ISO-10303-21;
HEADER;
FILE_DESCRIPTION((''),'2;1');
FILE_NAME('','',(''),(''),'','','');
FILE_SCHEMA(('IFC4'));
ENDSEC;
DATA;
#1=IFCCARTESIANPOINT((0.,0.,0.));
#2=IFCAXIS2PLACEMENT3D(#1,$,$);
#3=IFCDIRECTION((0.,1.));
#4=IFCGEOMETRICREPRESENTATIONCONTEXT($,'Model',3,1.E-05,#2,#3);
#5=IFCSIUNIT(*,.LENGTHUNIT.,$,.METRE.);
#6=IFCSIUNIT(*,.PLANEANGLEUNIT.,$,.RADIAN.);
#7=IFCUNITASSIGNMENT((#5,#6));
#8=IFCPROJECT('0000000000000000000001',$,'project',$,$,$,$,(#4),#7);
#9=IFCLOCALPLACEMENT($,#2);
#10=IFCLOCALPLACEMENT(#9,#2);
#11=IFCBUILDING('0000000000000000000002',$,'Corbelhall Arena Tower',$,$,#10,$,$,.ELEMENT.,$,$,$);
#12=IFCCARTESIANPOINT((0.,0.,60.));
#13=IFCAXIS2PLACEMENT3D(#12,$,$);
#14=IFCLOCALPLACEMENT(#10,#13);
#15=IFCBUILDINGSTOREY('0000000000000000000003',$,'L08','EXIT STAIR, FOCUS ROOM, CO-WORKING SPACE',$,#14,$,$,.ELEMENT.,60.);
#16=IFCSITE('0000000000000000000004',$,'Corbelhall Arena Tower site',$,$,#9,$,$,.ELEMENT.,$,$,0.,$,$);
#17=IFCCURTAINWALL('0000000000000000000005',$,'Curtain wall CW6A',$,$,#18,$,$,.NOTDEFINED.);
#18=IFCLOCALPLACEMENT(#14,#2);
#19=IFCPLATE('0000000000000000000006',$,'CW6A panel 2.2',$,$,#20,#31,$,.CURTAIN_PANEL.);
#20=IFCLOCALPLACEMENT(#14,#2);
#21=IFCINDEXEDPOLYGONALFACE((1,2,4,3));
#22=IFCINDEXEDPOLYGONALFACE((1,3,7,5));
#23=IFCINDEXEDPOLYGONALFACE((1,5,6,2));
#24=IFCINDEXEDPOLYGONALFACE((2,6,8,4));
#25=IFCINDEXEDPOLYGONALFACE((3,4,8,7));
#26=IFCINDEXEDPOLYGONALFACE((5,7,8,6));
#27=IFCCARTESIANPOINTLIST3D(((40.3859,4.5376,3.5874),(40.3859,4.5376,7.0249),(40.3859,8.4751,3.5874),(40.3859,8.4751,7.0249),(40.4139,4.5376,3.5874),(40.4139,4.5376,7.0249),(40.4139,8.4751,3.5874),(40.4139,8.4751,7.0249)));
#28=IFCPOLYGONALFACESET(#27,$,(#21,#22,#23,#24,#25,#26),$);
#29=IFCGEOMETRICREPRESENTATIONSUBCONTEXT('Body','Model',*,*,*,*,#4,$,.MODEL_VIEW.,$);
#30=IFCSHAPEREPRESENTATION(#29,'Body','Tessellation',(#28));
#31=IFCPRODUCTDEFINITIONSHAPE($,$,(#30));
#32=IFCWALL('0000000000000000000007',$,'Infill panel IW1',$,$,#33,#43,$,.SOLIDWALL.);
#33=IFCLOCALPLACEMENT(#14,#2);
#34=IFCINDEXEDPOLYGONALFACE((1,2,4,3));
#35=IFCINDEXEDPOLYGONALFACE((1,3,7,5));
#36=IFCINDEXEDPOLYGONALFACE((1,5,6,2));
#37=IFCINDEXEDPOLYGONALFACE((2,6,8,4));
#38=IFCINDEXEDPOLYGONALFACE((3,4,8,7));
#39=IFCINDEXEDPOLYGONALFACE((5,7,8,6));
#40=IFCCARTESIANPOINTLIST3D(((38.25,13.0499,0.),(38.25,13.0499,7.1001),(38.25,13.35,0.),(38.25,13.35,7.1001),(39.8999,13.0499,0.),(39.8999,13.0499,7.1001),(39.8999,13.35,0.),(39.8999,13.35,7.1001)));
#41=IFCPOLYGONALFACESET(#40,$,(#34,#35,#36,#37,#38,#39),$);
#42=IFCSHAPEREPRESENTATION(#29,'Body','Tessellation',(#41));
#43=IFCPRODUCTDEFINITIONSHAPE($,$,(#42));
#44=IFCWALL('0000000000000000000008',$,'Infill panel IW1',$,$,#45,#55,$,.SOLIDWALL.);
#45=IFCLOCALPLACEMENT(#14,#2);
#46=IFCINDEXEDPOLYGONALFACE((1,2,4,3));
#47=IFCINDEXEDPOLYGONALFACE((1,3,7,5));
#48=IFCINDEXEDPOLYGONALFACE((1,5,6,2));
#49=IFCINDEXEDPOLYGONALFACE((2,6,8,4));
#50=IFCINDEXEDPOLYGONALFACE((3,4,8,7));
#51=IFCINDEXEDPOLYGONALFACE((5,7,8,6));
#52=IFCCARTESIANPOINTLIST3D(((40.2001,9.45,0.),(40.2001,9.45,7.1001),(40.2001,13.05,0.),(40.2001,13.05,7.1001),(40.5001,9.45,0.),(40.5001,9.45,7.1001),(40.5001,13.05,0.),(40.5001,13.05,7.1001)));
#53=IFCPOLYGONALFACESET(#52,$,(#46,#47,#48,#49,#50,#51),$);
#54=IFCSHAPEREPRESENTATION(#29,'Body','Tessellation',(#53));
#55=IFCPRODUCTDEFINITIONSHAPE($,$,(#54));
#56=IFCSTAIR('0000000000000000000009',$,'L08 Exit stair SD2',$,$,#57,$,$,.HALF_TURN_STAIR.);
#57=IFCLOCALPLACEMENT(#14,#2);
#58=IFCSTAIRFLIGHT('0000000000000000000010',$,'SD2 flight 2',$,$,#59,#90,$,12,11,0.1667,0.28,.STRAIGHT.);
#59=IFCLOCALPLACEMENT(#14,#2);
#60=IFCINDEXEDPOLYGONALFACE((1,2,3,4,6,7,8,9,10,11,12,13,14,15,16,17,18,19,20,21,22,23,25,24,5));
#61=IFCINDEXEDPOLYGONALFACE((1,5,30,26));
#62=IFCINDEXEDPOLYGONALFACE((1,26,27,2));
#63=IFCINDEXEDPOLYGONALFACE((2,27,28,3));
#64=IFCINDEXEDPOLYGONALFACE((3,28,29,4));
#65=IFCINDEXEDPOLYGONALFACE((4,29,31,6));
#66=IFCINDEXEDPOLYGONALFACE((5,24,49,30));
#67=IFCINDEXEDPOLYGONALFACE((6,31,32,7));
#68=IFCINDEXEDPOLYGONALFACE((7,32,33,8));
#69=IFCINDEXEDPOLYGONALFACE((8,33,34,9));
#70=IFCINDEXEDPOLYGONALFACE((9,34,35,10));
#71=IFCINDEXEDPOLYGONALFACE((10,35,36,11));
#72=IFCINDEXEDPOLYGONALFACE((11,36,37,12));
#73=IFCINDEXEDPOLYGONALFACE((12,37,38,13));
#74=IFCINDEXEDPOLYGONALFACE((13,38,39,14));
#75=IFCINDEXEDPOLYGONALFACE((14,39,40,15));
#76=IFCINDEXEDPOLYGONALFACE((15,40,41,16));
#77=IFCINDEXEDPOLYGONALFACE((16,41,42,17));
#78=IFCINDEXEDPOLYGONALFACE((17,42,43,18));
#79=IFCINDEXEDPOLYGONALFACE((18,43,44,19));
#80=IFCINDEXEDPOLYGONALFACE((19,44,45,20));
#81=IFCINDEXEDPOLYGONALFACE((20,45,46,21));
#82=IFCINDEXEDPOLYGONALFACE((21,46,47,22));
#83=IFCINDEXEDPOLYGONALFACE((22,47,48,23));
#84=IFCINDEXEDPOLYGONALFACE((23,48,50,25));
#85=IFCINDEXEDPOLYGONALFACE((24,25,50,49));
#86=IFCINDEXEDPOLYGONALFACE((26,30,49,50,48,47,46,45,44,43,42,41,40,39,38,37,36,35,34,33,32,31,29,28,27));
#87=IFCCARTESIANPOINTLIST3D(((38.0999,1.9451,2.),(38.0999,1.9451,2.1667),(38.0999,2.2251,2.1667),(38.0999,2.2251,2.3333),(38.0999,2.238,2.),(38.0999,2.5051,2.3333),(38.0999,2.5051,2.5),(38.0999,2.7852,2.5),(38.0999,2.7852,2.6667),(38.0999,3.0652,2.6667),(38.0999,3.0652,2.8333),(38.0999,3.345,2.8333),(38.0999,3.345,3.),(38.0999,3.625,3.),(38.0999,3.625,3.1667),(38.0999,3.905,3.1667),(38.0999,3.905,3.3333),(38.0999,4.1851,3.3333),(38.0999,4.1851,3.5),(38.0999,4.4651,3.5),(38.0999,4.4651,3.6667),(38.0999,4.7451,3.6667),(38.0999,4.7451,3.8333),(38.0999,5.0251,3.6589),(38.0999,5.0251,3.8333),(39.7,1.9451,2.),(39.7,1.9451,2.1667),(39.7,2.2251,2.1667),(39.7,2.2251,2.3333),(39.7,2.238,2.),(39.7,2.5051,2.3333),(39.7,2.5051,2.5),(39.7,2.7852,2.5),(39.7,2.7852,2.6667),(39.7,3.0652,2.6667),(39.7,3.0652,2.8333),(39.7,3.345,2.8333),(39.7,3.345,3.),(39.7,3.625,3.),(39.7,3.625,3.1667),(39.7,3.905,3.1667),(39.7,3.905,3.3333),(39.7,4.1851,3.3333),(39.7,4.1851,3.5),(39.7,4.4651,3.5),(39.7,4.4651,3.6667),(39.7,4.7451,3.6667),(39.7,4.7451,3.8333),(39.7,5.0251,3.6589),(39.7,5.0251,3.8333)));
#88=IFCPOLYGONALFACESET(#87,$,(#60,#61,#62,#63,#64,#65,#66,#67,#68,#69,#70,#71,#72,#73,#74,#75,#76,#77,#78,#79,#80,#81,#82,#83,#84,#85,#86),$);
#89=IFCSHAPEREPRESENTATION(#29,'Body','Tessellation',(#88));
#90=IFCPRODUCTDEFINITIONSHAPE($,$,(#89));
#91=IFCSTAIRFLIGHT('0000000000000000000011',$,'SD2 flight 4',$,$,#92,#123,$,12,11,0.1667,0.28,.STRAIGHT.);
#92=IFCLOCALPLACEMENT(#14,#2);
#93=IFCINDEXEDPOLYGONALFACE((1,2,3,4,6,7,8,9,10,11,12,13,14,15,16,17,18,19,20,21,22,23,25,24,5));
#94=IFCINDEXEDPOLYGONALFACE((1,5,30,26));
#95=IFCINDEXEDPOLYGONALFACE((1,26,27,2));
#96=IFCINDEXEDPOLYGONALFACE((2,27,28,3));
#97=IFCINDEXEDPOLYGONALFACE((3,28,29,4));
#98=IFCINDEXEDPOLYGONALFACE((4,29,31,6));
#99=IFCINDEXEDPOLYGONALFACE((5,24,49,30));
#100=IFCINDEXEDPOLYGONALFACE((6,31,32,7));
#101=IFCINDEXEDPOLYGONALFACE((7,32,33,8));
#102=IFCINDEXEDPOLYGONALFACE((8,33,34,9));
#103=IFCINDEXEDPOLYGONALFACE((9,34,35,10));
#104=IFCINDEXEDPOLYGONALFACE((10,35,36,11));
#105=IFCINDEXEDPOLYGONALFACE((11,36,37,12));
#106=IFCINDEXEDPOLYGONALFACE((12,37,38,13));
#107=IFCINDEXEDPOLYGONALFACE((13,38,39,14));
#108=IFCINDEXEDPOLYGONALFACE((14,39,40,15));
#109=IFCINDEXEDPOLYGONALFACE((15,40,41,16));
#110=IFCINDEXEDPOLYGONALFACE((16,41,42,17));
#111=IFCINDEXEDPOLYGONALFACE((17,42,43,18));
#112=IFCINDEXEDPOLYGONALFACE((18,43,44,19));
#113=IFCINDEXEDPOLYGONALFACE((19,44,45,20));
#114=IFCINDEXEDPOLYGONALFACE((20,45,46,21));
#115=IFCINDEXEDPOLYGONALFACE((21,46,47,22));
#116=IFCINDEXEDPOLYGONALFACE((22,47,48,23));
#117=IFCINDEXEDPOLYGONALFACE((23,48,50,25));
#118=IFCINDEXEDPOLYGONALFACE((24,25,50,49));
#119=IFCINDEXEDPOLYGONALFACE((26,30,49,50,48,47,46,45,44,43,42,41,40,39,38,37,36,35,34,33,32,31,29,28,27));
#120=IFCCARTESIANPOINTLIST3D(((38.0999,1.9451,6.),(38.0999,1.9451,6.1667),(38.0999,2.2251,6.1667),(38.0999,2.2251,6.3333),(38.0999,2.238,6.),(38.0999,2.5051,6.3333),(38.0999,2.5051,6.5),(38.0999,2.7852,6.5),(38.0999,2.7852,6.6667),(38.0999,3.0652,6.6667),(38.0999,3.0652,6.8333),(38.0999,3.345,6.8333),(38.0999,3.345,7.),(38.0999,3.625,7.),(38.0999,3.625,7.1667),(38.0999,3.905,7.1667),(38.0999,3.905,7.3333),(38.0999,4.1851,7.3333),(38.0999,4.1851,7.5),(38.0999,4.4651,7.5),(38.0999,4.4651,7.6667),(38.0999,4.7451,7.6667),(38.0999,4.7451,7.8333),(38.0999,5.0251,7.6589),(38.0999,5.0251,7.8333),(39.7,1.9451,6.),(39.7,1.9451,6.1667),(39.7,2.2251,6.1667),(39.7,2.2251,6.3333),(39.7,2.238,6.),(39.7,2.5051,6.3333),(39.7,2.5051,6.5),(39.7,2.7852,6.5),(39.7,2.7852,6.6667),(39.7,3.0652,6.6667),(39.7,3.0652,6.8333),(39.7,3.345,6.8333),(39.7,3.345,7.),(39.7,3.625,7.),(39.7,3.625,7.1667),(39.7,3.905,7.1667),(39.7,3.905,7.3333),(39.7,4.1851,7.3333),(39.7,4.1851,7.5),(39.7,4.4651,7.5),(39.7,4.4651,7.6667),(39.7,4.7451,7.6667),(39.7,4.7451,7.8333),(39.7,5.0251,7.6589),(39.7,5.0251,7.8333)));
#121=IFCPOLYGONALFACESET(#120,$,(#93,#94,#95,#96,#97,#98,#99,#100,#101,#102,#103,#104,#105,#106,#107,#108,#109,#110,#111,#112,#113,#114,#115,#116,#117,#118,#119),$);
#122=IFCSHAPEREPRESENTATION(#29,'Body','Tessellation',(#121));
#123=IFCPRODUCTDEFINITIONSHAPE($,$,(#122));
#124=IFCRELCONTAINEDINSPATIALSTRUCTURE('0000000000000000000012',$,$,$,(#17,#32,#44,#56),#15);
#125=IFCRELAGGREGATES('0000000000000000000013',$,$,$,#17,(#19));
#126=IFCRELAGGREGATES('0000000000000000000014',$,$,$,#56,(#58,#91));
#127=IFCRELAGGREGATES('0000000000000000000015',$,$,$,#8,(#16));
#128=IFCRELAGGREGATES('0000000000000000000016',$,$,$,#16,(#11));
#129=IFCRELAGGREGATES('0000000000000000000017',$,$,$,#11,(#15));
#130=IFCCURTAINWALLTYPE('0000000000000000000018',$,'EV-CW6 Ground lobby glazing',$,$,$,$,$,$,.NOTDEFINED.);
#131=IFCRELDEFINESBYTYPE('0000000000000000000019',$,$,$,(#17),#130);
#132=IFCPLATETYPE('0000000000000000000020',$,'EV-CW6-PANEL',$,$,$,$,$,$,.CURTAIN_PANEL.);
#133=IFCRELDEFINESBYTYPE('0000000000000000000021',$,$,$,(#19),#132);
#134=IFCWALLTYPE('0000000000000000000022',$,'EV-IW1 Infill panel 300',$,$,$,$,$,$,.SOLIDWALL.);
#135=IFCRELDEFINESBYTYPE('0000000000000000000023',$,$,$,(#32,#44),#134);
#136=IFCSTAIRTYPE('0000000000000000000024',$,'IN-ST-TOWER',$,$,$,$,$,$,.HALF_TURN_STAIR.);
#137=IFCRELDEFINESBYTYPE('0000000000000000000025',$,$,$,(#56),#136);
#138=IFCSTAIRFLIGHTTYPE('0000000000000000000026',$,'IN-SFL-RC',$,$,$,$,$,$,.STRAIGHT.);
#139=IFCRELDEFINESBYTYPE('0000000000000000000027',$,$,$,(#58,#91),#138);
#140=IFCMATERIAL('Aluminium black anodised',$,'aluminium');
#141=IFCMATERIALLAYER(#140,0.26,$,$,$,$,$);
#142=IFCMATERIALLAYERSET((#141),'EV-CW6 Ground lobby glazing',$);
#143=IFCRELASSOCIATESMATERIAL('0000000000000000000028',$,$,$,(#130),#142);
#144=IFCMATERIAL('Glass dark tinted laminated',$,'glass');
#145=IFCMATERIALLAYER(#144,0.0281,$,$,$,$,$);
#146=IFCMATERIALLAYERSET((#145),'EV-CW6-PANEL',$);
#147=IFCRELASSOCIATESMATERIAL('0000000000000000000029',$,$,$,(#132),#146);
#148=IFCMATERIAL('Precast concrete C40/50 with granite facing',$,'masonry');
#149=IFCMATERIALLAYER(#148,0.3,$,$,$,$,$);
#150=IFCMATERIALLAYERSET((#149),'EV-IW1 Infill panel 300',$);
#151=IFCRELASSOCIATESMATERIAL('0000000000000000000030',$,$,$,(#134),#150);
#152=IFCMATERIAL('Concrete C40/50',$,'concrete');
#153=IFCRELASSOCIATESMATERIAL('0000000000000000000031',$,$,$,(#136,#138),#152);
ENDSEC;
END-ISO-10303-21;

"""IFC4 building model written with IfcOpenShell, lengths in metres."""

from ifc_helpers import new_model, si_unit, direction, frame, frame_2d, origin, origin_2d, place, context, subcontext, project, spatial, polyline, rectangle, outline, extrude, material, layer, layer_set, type_object, element, aggregate, save


model = new_model("IFC4")

# Units and contexts
model_context = context("Model", 3, precision=1e-05, world=origin(), true_north=direction((0.0, 1.0)))
body_context = subcontext(model_context, "Body", "Model", "MODEL_VIEW")
ifc_project = project(units=[si_unit("LENGTHUNIT", "METRE"), si_unit("PLANEANGLEUNIT", "RADIAN")], contexts=[model_context])

# Site, building, storey
site_placement = place(None, origin())
site = spatial("IfcSite", under=ifc_project, at=site_placement, Name="Corbelhall Arena Tower site", CompositionType="ELEMENT", RefElevation=0.0)
building_placement = place(site_placement, origin())
building = spatial("IfcBuilding", under=site, at=building_placement, Name="Corbelhall Arena Tower", CompositionType="ELEMENT")
storey_placement = place(building_placement, frame((0.0, 0.0, 60.0)))
storey = spatial("IfcBuildingStorey", under=building, at=storey_placement, Name="L08", Description="EXIT STAIR, FOCUS ROOM, CO-WORKING SPACE", CompositionType="ELEMENT", Elevation=60.0)

# Curtain wall, plate
ifc_material_1 = material(Name="Aluminium black anodised", Category="aluminium")
ifc_layer_1 = layer(ifc_material_1, 0.26)
ifc_layer_set_1 = layer_set([ifc_layer_1], Name="EV-CW6 Ground lobby glazing")
curtain_wall_type = type_object("IfcCurtainWallType", Name="EV-CW6 Ground lobby glazing", PredefinedType="NOTDEFINED", material=ifc_layer_set_1)
curtain_wall_placement = place(storey_placement, origin())
curtain_wall = element("IfcCurtainWall", 1, at=curtain_wall_placement, inside=storey, type_object=curtain_wall_type, Name="Curtain wall CW6A", PredefinedType="NOTDEFINED")
ifc_material_2 = material(Name="Glass dark tinted laminated", Category="glass")
ifc_layer_2 = layer(ifc_material_2, 0.0281)
ifc_layer_set_2 = layer_set([ifc_layer_2], Name="EV-CW6-PANEL")
plate_type = type_object("IfcPlateType", Name="EV-CW6-PANEL", PredefinedType="CURTAIN_PANEL", material=ifc_layer_set_2)
plate_1_placement = place(storey_placement, frame((40.3999, 6.5063, 3.5874), z_axis=(0.0, 0.0, 1.0), x_axis=(0.0, 1.0, 0.0)))
plate_1 = element("IfcPlate", 2, at=plate_1_placement, type_object=plate_type, Name="CW6A panel 2.2", PredefinedType="CURTAIN_PANEL", context=body_context, shape_type="SweptSolid", body=[
    extrude(rectangle(XDim=3.9375, YDim=0.0281, at=origin_2d()), origin(), (0.0, 0.0, 1.0), 3.4375),
])
aggregate(curtain_wall, [plate_1])

# Walls
ifc_material_3 = material(Name="Precast concrete C40/50 with granite facing", Category="masonry")
ifc_layer_3 = layer(ifc_material_3, 0.3)
ifc_layer_set_3 = layer_set([ifc_layer_3], Name="EV-IW1 Infill panel 300")
wall_type = type_object("IfcWallType", Name="EV-IW1 Infill panel 300", PredefinedType="SOLIDWALL", material=ifc_layer_set_3)
wall_1_placement = place(storey_placement, frame((39.8999, 13.2, 0.0), z_axis=(0.0, 0.0, 1.0), x_axis=(-1.0, 0.0, 0.0)))
element("IfcWall", 3, at=wall_1_placement, inside=storey, type_object=wall_type, Name="Infill panel IW1", PredefinedType="SOLIDWALL", context=body_context, shape_type="SweptSolid", body=[
    extrude(rectangle(XDim=1.6499, YDim=0.3, at=frame_2d((0.825, 0.0))), origin(), (0.0, 0.0, 1.0), 7.1001),
])
wall_2_placement = place(storey_placement, frame((40.3501, 9.45, 0.0), z_axis=(0.0, 0.0, 1.0), x_axis=(0.0, 1.0, 0.0)))
element("IfcWall", 4, at=wall_2_placement, inside=storey, type_object=wall_type, Name="Infill panel IW1", PredefinedType="SOLIDWALL", context=body_context, shape_type="SweptSolid", body=[
    extrude(rectangle(XDim=3.6001, YDim=0.3, at=frame_2d((1.8, 0.0))), origin(), (0.0, 0.0, 1.0), 7.1001),
])

# Stair, stair flights
ifc_material_4 = material(Name="Concrete C40/50", Category="concrete")
stair_type = type_object("IfcStairType", Name="IN-ST-TOWER", PredefinedType="HALF_TURN_STAIR", material=ifc_material_4)
stair_placement = place(storey_placement, origin())
stair = element("IfcStair", 5, at=stair_placement, inside=storey, type_object=stair_type, Name="L08 Exit stair SD2", PredefinedType="HALF_TURN_STAIR")
stair_flight_type = type_object("IfcStairFlightType", Name="IN-SFL-RC", PredefinedType="STRAIGHT", material=ifc_material_4)
stair_flight_1_placement = place(storey_placement, frame((38.8999, 1.9451, 2.0), z_axis=(0.0, 0.0, 1.0), x_axis=(0.0, 1.0, 0.0)))
stair_flight_1 = element("IfcStairFlight", 6, at=stair_flight_1_placement, type_object=stair_flight_type, Name="SD2 flight 2", NumberOfRisers=12, NumberOfTreads=11, PredefinedType="STRAIGHT", RiserHeight=0.1667, TreadLength=0.28, context=body_context, shape_type="SweptSolid", body=[
    extrude(outline(polyline([(0.0, 0.0), (0.0, 0.1667), (0.28, 0.1667), (0.28, 0.3333), (0.5601, 0.3333), (0.5601, 0.5), (0.8401, 0.5), (0.8401, 0.6667), (1.1201, 0.6667), (1.1201, 0.8333), (1.3999, 0.8333), (1.3999, 1.0), (1.6799, 1.0), (1.6799, 1.1667), (1.96, 1.1667), (1.96, 1.3333), (2.24, 1.3333), (2.24, 1.5), (2.52, 1.5), (2.52, 1.6667), (2.8, 1.6667), (2.8, 1.8333), (3.0801, 1.8333), (3.0801, 2.0), (3.0801, 1.6589), (0.293, 0.0), (0.0, 0.0)])), frame((0.0, 0.8, 0.0), z_axis=(0.0, -1.0, 0.0), x_axis=(1.0, 0.0, 0.0)), (0.0, 0.0, 1.0), 1.6001),
])
stair_flight_2_placement = place(storey_placement, frame((38.8999, 1.9451, 6.0), z_axis=(0.0, 0.0, 1.0), x_axis=(0.0, 1.0, 0.0)))
stair_flight_2 = element("IfcStairFlight", 7, at=stair_flight_2_placement, type_object=stair_flight_type, Name="SD2 flight 4", NumberOfRisers=12, NumberOfTreads=11, PredefinedType="STRAIGHT", RiserHeight=0.1667, TreadLength=0.28, context=body_context, shape_type="SweptSolid", body=[
    extrude(outline(polyline([(0.0, 0.0), (0.0, 0.1667), (0.28, 0.1667), (0.28, 0.3333), (0.5601, 0.3333), (0.5601, 0.5), (0.8401, 0.5), (0.8401, 0.6667), (1.1201, 0.6667), (1.1201, 0.8333), (1.3999, 0.8333), (1.3999, 1.0), (1.6799, 1.0), (1.6799, 1.1667), (1.96, 1.1667), (1.96, 1.3333), (2.24, 1.3333), (2.24, 1.5), (2.52, 1.5), (2.52, 1.6667), (2.8, 1.6667), (2.8, 1.8333), (3.0801, 1.8333), (3.0801, 2.0), (3.0801, 1.6589), (0.293, 0.0), (0.0, 0.0)])), frame((0.0, 0.8, 0.0), z_axis=(0.0, -1.0, 0.0), x_axis=(1.0, 0.0, 0.0)), (0.0, 0.0, 1.0), 1.6001),
])
aggregate(stair, [stair_flight_1, stair_flight_2])

save(model, "model.ifc")
